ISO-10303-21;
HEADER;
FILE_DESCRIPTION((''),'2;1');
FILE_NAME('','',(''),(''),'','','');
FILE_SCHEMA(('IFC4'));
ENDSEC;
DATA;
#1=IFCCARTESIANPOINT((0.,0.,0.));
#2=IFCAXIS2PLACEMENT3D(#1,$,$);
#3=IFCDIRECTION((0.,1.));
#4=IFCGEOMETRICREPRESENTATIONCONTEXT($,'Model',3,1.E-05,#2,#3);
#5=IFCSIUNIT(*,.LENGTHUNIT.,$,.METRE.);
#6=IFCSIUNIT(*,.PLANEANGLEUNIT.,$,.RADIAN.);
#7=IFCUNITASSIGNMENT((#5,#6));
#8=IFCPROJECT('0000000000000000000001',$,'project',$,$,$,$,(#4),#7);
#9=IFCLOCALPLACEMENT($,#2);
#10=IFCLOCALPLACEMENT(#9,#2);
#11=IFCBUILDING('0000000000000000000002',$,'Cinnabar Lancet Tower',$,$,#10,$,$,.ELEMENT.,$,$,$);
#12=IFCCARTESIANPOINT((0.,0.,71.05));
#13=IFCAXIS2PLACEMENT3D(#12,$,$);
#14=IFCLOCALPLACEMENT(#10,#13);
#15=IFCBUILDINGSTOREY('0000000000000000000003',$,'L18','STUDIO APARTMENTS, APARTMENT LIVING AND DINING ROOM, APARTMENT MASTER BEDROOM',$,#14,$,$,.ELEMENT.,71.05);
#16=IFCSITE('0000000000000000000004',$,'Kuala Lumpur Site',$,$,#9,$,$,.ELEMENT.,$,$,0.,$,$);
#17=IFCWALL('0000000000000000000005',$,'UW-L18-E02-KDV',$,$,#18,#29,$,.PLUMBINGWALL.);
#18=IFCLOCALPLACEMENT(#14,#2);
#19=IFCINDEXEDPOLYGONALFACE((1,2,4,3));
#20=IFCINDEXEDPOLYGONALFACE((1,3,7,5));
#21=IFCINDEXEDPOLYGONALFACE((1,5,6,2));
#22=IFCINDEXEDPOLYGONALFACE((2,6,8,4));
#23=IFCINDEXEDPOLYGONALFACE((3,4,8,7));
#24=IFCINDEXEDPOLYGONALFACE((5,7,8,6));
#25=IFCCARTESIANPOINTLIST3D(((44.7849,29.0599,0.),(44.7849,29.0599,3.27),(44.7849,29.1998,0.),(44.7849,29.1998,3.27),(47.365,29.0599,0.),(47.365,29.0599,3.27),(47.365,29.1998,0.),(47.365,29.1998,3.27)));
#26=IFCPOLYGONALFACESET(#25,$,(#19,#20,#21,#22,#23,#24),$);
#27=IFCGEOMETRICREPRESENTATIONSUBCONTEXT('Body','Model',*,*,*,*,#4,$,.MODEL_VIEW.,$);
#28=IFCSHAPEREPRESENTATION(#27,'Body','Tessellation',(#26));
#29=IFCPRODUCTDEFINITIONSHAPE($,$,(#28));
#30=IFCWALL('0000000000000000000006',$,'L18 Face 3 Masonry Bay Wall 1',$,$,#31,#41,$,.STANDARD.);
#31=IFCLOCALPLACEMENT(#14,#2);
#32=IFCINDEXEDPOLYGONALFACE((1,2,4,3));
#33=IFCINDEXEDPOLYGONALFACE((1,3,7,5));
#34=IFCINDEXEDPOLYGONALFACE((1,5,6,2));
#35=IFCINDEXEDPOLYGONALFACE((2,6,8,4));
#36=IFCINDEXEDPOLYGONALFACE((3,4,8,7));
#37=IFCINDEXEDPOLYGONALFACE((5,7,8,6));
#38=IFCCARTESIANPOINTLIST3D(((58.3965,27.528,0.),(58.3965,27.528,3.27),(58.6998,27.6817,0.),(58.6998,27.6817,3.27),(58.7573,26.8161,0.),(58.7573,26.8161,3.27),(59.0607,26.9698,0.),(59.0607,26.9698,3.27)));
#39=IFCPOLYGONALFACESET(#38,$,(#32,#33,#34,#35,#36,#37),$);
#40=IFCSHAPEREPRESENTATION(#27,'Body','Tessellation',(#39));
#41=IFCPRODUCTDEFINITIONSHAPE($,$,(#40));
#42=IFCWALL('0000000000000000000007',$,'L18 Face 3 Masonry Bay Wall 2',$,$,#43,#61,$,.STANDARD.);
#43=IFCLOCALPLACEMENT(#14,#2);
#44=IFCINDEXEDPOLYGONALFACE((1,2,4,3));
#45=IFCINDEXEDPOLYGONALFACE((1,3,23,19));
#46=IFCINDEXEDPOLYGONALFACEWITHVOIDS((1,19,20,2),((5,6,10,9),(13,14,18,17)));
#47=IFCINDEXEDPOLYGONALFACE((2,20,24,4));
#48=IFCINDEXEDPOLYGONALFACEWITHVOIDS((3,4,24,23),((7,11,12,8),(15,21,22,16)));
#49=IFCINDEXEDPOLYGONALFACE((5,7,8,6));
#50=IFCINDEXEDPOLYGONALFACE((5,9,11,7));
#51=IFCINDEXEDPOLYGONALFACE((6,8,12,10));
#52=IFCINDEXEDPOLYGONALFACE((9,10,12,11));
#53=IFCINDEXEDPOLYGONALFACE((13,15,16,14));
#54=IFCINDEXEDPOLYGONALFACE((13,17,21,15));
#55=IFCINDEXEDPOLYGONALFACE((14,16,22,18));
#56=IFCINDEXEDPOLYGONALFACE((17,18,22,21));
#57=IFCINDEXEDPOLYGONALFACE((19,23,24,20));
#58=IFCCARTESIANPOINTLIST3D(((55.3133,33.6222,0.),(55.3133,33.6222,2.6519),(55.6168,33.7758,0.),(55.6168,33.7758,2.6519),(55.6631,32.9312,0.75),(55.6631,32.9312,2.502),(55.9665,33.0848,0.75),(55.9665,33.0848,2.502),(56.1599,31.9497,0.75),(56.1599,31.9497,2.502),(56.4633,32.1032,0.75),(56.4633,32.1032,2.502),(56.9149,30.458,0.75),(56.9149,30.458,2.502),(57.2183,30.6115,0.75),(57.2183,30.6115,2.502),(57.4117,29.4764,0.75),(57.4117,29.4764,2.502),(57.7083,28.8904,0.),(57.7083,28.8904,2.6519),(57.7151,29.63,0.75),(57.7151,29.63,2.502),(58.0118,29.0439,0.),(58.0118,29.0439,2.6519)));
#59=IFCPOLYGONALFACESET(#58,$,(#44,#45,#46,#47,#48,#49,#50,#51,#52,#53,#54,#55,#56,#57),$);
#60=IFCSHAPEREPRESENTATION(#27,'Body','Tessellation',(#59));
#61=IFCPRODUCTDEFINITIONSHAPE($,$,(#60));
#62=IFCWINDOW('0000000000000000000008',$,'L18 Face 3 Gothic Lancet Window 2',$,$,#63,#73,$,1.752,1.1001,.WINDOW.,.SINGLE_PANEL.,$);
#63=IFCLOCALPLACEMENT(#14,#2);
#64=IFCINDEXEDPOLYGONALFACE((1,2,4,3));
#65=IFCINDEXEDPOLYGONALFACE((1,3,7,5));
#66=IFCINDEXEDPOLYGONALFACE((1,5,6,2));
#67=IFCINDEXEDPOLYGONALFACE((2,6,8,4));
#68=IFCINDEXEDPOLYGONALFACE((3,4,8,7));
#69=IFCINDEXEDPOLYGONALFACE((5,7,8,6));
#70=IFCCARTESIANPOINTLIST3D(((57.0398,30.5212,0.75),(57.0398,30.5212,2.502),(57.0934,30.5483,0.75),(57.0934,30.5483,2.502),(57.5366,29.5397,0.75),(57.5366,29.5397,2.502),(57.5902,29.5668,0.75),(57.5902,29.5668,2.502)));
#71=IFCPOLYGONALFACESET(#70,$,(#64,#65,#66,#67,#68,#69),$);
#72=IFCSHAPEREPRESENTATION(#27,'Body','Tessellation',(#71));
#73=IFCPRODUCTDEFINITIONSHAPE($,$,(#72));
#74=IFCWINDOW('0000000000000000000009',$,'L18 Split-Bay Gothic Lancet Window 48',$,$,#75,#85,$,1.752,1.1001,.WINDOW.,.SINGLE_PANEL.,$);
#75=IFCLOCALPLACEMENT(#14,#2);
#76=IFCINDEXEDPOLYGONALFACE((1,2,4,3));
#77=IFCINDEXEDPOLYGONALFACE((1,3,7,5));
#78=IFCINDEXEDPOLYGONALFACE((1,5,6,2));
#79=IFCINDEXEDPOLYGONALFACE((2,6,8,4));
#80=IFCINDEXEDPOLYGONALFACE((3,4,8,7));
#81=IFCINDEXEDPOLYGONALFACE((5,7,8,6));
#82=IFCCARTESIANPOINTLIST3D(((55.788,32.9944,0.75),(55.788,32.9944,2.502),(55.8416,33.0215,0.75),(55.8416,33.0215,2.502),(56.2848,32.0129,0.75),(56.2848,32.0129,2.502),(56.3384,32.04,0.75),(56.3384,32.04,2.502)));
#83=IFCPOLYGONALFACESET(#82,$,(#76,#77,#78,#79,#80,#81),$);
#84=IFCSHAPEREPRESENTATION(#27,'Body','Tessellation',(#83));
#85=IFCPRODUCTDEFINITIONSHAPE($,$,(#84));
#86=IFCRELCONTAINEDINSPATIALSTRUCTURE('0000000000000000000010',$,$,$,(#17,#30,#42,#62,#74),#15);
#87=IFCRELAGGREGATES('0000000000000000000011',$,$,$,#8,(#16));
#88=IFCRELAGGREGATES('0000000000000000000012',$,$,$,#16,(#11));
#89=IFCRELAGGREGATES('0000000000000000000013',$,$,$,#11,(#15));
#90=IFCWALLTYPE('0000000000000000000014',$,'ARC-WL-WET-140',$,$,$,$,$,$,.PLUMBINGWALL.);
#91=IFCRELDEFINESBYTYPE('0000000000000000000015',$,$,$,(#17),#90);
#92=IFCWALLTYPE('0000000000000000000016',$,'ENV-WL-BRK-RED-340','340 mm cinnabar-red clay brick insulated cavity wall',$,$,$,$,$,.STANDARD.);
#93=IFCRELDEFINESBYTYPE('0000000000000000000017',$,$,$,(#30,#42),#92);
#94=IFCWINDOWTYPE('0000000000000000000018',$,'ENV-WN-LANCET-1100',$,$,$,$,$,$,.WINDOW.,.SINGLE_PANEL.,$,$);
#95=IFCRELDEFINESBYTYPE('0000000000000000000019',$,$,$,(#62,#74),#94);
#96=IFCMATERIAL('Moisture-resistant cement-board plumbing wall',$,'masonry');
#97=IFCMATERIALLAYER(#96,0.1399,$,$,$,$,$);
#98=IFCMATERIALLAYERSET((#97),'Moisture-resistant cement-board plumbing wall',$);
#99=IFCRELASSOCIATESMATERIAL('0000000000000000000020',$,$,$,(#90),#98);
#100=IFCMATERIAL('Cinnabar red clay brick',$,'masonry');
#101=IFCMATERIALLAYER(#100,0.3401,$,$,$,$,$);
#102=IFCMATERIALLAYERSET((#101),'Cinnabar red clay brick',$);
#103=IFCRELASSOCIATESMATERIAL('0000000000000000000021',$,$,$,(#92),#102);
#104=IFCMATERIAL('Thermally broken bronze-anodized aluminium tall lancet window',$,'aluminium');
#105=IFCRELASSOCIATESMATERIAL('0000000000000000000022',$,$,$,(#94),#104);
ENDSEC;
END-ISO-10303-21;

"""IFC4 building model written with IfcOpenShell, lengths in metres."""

from ifc_helpers import new_model, si_unit, direction, frame, frame_2d, origin, place, context, subcontext, project, spatial, rectangle, extrude, material, layer, layer_set, type_object, element, fill, save


model = new_model("IFC4")

# Units and contexts
model_context = context("Model", 3, precision=1e-05, world=origin(), true_north=direction((0.0, 1.0)))
body_context = subcontext(model_context, "Body", "Model", "MODEL_VIEW")
ifc_project = project(units=[si_unit("LENGTHUNIT", "METRE"), si_unit("PLANEANGLEUNIT", "RADIAN")], contexts=[model_context])

# Site, building, storey
site_placement = place(None, origin())
site = spatial("IfcSite", under=ifc_project, at=site_placement, Name="Kuala Lumpur Site", CompositionType="ELEMENT", RefElevation=0.0)
building_placement = place(site_placement, origin())
building = spatial("IfcBuilding", under=site, at=building_placement, Name="Cinnabar Lancet Tower", CompositionType="ELEMENT")
storey_placement = place(building_placement, frame((0.0, 0.0, 71.05)))
storey = spatial("IfcBuildingStorey", under=building, at=storey_placement, Name="L18", Description="STUDIO APARTMENTS, APARTMENT LIVING AND DINING ROOM, APARTMENT MASTER BEDROOM", CompositionType="ELEMENT", Elevation=71.05)

# Shared definitions
ifc_material_1 = material(Name="Moisture-resistant cement-board plumbing wall", Category="masonry")
ifc_layer_1 = layer(ifc_material_1, 0.1399)
ifc_layer_set_1 = layer_set([ifc_layer_1], Name="Moisture-resistant cement-board plumbing wall")
wall_type_1 = type_object("IfcWallType", Name="ARC-WL-WET-140", PredefinedType="PLUMBINGWALL", material=ifc_layer_set_1)

# Walls
for number, where, z_axis, x_axis, name in (
    (1, (44.7849, 29.1299, 0.0), (0.0, 0.0, 1.0), (1.0, 0.0, 0.0), "UW-L18-E02-KDV"),
):
    element("IfcWall", number, at=place(storey_placement, frame(where, z_axis=z_axis, x_axis=x_axis)), inside=storey, type_object=wall_type_1, Name=name, PredefinedType="PLUMBINGWALL", context=body_context, shape_type="SweptSolid", body=[
        extrude(rectangle(XDim=2.5801, YDim=0.1399, at=frame_2d((1.29, 0.0))), origin(), (0.0, 0.0, 1.0), 3.27),
    ])
ifc_material_2 = material(Name="Cinnabar red clay brick", Category="masonry")
ifc_layer_2 = layer(ifc_material_2, 0.3401)
ifc_layer_set_2 = layer_set([ifc_layer_2], Name="Cinnabar red clay brick")
wall_type_2 = type_object("IfcWallType", Name="ENV-WL-BRK-RED-340", Description="340 mm cinnabar-red clay brick insulated cavity wall", PredefinedType="STANDARD", material=ifc_layer_set_2)
wall_1_placement = place(storey_placement, frame((58.9089, 26.8931, 0.0), z_axis=(0.0, 0.0, 1.0), x_axis=(-0.452101, 0.891967, 0.0)))
element("IfcWall", 2, at=wall_1_placement, inside=storey, type_object=wall_type_2, Name="L18 Face 3 Masonry Bay Wall 1", PredefinedType="STANDARD", context=body_context, shape_type="SweptSolid", body=[
    extrude(rectangle(XDim=0.7981, YDim=0.3401, at=frame_2d((0.3989, 0.0))), origin(), (0.0, 0.0, 1.0), 3.27),
])

# Wall, openings, windows
wall_2_placement = place(storey_placement, frame((57.8601, 28.967, 0.0), z_axis=(0.0, 0.0, 1.0), x_axis=(-0.451591, 0.892225, 0.0)))
wall_2 = element("IfcWall", 3, at=wall_2_placement, inside=storey, type_object=wall_type_2, Name="L18 Face 3 Masonry Bay Wall 2", PredefinedType="STANDARD", context=body_context, shape_type="SweptSolid", body=[
    extrude(rectangle(XDim=5.3035, YDim=0.3401, at=frame_2d((2.6519, 0.0))), origin(), (0.0, 0.0, 1.0), 2.6519),
])
opening_1_placement = place(wall_2_placement, frame((0.657, 0.0, 0.75)))
opening_1 = element("IfcOpeningElement", 4, at=opening_1_placement, cuts=wall_2, PredefinedType="OPENING", context=body_context, shape_type="SweptSolid", body=[
    extrude(rectangle(XDim=1.1001, YDim=1.752, at=frame_2d((0.55, 0.876))), frame((0.0, 0.1799, 0.0), z_axis=(0.0, -1.0, 0.0), x_axis=(1.0, 0.0, 0.0)), (0.0, 0.0, 1.0), 0.3601),
])
opening_2_placement = place(wall_2_placement, frame((3.429, 0.0, 0.75)))
opening_2 = element("IfcOpeningElement", 5, at=opening_2_placement, cuts=wall_2, PredefinedType="OPENING", context=body_context, shape_type="SweptSolid", body=[
    extrude(rectangle(XDim=1.1001, YDim=1.752, at=frame_2d((0.55, 0.876))), frame((0.0, 0.1799, 0.0), z_axis=(0.0, -1.0, 0.0), x_axis=(1.0, 0.0, 0.0)), (0.0, 0.0, 1.0), 0.3601),
])
ifc_material_3 = material(Name="Thermally broken bronze-anodized aluminium tall lancet window", Category="aluminium")
window_type = type_object("IfcWindowType", Name="ENV-WN-LANCET-1100", PartitioningType="SINGLE_PANEL", PredefinedType="WINDOW", material=ifc_material_3)
window_1_placement = place(opening_1_placement, origin())
window_1 = element("IfcWindow", 6, at=window_1_placement, inside=storey, type_object=window_type, Name="L18 Face 3 Gothic Lancet Window 2", OverallHeight=1.752, OverallWidth=1.1001, PartitioningType="SINGLE_PANEL", PredefinedType="WINDOW", context=body_context, shape_type="SweptSolid", body=[
    extrude(rectangle(XDim=1.1001, YDim=1.752, at=frame_2d((0.55, 0.876))), frame((0.0, 0.03, 0.0), z_axis=(0.0, -1.0, 0.0), x_axis=(1.0, 0.0, 0.0)), (0.0, 0.0, 1.0), 0.0601),
])
fill(opening_1, window_1)
window_2_placement = place(opening_2_placement, origin())
window_2 = element("IfcWindow", 7, at=window_2_placement, inside=storey, type_object=window_type, Name="L18 Split-Bay Gothic Lancet Window 48", OverallHeight=1.752, OverallWidth=1.1001, PartitioningType="SINGLE_PANEL", PredefinedType="WINDOW", context=body_context, shape_type="SweptSolid", body=[
    extrude(rectangle(XDim=1.1001, YDim=1.752, at=frame_2d((0.55, 0.876))), frame((0.0, 0.03, 0.0), z_axis=(0.0, -1.0, 0.0), x_axis=(1.0, 0.0, 0.0)), (0.0, 0.0, 1.0), 0.0601),
])
fill(opening_2, window_2)

save(model, "model.ifc")
